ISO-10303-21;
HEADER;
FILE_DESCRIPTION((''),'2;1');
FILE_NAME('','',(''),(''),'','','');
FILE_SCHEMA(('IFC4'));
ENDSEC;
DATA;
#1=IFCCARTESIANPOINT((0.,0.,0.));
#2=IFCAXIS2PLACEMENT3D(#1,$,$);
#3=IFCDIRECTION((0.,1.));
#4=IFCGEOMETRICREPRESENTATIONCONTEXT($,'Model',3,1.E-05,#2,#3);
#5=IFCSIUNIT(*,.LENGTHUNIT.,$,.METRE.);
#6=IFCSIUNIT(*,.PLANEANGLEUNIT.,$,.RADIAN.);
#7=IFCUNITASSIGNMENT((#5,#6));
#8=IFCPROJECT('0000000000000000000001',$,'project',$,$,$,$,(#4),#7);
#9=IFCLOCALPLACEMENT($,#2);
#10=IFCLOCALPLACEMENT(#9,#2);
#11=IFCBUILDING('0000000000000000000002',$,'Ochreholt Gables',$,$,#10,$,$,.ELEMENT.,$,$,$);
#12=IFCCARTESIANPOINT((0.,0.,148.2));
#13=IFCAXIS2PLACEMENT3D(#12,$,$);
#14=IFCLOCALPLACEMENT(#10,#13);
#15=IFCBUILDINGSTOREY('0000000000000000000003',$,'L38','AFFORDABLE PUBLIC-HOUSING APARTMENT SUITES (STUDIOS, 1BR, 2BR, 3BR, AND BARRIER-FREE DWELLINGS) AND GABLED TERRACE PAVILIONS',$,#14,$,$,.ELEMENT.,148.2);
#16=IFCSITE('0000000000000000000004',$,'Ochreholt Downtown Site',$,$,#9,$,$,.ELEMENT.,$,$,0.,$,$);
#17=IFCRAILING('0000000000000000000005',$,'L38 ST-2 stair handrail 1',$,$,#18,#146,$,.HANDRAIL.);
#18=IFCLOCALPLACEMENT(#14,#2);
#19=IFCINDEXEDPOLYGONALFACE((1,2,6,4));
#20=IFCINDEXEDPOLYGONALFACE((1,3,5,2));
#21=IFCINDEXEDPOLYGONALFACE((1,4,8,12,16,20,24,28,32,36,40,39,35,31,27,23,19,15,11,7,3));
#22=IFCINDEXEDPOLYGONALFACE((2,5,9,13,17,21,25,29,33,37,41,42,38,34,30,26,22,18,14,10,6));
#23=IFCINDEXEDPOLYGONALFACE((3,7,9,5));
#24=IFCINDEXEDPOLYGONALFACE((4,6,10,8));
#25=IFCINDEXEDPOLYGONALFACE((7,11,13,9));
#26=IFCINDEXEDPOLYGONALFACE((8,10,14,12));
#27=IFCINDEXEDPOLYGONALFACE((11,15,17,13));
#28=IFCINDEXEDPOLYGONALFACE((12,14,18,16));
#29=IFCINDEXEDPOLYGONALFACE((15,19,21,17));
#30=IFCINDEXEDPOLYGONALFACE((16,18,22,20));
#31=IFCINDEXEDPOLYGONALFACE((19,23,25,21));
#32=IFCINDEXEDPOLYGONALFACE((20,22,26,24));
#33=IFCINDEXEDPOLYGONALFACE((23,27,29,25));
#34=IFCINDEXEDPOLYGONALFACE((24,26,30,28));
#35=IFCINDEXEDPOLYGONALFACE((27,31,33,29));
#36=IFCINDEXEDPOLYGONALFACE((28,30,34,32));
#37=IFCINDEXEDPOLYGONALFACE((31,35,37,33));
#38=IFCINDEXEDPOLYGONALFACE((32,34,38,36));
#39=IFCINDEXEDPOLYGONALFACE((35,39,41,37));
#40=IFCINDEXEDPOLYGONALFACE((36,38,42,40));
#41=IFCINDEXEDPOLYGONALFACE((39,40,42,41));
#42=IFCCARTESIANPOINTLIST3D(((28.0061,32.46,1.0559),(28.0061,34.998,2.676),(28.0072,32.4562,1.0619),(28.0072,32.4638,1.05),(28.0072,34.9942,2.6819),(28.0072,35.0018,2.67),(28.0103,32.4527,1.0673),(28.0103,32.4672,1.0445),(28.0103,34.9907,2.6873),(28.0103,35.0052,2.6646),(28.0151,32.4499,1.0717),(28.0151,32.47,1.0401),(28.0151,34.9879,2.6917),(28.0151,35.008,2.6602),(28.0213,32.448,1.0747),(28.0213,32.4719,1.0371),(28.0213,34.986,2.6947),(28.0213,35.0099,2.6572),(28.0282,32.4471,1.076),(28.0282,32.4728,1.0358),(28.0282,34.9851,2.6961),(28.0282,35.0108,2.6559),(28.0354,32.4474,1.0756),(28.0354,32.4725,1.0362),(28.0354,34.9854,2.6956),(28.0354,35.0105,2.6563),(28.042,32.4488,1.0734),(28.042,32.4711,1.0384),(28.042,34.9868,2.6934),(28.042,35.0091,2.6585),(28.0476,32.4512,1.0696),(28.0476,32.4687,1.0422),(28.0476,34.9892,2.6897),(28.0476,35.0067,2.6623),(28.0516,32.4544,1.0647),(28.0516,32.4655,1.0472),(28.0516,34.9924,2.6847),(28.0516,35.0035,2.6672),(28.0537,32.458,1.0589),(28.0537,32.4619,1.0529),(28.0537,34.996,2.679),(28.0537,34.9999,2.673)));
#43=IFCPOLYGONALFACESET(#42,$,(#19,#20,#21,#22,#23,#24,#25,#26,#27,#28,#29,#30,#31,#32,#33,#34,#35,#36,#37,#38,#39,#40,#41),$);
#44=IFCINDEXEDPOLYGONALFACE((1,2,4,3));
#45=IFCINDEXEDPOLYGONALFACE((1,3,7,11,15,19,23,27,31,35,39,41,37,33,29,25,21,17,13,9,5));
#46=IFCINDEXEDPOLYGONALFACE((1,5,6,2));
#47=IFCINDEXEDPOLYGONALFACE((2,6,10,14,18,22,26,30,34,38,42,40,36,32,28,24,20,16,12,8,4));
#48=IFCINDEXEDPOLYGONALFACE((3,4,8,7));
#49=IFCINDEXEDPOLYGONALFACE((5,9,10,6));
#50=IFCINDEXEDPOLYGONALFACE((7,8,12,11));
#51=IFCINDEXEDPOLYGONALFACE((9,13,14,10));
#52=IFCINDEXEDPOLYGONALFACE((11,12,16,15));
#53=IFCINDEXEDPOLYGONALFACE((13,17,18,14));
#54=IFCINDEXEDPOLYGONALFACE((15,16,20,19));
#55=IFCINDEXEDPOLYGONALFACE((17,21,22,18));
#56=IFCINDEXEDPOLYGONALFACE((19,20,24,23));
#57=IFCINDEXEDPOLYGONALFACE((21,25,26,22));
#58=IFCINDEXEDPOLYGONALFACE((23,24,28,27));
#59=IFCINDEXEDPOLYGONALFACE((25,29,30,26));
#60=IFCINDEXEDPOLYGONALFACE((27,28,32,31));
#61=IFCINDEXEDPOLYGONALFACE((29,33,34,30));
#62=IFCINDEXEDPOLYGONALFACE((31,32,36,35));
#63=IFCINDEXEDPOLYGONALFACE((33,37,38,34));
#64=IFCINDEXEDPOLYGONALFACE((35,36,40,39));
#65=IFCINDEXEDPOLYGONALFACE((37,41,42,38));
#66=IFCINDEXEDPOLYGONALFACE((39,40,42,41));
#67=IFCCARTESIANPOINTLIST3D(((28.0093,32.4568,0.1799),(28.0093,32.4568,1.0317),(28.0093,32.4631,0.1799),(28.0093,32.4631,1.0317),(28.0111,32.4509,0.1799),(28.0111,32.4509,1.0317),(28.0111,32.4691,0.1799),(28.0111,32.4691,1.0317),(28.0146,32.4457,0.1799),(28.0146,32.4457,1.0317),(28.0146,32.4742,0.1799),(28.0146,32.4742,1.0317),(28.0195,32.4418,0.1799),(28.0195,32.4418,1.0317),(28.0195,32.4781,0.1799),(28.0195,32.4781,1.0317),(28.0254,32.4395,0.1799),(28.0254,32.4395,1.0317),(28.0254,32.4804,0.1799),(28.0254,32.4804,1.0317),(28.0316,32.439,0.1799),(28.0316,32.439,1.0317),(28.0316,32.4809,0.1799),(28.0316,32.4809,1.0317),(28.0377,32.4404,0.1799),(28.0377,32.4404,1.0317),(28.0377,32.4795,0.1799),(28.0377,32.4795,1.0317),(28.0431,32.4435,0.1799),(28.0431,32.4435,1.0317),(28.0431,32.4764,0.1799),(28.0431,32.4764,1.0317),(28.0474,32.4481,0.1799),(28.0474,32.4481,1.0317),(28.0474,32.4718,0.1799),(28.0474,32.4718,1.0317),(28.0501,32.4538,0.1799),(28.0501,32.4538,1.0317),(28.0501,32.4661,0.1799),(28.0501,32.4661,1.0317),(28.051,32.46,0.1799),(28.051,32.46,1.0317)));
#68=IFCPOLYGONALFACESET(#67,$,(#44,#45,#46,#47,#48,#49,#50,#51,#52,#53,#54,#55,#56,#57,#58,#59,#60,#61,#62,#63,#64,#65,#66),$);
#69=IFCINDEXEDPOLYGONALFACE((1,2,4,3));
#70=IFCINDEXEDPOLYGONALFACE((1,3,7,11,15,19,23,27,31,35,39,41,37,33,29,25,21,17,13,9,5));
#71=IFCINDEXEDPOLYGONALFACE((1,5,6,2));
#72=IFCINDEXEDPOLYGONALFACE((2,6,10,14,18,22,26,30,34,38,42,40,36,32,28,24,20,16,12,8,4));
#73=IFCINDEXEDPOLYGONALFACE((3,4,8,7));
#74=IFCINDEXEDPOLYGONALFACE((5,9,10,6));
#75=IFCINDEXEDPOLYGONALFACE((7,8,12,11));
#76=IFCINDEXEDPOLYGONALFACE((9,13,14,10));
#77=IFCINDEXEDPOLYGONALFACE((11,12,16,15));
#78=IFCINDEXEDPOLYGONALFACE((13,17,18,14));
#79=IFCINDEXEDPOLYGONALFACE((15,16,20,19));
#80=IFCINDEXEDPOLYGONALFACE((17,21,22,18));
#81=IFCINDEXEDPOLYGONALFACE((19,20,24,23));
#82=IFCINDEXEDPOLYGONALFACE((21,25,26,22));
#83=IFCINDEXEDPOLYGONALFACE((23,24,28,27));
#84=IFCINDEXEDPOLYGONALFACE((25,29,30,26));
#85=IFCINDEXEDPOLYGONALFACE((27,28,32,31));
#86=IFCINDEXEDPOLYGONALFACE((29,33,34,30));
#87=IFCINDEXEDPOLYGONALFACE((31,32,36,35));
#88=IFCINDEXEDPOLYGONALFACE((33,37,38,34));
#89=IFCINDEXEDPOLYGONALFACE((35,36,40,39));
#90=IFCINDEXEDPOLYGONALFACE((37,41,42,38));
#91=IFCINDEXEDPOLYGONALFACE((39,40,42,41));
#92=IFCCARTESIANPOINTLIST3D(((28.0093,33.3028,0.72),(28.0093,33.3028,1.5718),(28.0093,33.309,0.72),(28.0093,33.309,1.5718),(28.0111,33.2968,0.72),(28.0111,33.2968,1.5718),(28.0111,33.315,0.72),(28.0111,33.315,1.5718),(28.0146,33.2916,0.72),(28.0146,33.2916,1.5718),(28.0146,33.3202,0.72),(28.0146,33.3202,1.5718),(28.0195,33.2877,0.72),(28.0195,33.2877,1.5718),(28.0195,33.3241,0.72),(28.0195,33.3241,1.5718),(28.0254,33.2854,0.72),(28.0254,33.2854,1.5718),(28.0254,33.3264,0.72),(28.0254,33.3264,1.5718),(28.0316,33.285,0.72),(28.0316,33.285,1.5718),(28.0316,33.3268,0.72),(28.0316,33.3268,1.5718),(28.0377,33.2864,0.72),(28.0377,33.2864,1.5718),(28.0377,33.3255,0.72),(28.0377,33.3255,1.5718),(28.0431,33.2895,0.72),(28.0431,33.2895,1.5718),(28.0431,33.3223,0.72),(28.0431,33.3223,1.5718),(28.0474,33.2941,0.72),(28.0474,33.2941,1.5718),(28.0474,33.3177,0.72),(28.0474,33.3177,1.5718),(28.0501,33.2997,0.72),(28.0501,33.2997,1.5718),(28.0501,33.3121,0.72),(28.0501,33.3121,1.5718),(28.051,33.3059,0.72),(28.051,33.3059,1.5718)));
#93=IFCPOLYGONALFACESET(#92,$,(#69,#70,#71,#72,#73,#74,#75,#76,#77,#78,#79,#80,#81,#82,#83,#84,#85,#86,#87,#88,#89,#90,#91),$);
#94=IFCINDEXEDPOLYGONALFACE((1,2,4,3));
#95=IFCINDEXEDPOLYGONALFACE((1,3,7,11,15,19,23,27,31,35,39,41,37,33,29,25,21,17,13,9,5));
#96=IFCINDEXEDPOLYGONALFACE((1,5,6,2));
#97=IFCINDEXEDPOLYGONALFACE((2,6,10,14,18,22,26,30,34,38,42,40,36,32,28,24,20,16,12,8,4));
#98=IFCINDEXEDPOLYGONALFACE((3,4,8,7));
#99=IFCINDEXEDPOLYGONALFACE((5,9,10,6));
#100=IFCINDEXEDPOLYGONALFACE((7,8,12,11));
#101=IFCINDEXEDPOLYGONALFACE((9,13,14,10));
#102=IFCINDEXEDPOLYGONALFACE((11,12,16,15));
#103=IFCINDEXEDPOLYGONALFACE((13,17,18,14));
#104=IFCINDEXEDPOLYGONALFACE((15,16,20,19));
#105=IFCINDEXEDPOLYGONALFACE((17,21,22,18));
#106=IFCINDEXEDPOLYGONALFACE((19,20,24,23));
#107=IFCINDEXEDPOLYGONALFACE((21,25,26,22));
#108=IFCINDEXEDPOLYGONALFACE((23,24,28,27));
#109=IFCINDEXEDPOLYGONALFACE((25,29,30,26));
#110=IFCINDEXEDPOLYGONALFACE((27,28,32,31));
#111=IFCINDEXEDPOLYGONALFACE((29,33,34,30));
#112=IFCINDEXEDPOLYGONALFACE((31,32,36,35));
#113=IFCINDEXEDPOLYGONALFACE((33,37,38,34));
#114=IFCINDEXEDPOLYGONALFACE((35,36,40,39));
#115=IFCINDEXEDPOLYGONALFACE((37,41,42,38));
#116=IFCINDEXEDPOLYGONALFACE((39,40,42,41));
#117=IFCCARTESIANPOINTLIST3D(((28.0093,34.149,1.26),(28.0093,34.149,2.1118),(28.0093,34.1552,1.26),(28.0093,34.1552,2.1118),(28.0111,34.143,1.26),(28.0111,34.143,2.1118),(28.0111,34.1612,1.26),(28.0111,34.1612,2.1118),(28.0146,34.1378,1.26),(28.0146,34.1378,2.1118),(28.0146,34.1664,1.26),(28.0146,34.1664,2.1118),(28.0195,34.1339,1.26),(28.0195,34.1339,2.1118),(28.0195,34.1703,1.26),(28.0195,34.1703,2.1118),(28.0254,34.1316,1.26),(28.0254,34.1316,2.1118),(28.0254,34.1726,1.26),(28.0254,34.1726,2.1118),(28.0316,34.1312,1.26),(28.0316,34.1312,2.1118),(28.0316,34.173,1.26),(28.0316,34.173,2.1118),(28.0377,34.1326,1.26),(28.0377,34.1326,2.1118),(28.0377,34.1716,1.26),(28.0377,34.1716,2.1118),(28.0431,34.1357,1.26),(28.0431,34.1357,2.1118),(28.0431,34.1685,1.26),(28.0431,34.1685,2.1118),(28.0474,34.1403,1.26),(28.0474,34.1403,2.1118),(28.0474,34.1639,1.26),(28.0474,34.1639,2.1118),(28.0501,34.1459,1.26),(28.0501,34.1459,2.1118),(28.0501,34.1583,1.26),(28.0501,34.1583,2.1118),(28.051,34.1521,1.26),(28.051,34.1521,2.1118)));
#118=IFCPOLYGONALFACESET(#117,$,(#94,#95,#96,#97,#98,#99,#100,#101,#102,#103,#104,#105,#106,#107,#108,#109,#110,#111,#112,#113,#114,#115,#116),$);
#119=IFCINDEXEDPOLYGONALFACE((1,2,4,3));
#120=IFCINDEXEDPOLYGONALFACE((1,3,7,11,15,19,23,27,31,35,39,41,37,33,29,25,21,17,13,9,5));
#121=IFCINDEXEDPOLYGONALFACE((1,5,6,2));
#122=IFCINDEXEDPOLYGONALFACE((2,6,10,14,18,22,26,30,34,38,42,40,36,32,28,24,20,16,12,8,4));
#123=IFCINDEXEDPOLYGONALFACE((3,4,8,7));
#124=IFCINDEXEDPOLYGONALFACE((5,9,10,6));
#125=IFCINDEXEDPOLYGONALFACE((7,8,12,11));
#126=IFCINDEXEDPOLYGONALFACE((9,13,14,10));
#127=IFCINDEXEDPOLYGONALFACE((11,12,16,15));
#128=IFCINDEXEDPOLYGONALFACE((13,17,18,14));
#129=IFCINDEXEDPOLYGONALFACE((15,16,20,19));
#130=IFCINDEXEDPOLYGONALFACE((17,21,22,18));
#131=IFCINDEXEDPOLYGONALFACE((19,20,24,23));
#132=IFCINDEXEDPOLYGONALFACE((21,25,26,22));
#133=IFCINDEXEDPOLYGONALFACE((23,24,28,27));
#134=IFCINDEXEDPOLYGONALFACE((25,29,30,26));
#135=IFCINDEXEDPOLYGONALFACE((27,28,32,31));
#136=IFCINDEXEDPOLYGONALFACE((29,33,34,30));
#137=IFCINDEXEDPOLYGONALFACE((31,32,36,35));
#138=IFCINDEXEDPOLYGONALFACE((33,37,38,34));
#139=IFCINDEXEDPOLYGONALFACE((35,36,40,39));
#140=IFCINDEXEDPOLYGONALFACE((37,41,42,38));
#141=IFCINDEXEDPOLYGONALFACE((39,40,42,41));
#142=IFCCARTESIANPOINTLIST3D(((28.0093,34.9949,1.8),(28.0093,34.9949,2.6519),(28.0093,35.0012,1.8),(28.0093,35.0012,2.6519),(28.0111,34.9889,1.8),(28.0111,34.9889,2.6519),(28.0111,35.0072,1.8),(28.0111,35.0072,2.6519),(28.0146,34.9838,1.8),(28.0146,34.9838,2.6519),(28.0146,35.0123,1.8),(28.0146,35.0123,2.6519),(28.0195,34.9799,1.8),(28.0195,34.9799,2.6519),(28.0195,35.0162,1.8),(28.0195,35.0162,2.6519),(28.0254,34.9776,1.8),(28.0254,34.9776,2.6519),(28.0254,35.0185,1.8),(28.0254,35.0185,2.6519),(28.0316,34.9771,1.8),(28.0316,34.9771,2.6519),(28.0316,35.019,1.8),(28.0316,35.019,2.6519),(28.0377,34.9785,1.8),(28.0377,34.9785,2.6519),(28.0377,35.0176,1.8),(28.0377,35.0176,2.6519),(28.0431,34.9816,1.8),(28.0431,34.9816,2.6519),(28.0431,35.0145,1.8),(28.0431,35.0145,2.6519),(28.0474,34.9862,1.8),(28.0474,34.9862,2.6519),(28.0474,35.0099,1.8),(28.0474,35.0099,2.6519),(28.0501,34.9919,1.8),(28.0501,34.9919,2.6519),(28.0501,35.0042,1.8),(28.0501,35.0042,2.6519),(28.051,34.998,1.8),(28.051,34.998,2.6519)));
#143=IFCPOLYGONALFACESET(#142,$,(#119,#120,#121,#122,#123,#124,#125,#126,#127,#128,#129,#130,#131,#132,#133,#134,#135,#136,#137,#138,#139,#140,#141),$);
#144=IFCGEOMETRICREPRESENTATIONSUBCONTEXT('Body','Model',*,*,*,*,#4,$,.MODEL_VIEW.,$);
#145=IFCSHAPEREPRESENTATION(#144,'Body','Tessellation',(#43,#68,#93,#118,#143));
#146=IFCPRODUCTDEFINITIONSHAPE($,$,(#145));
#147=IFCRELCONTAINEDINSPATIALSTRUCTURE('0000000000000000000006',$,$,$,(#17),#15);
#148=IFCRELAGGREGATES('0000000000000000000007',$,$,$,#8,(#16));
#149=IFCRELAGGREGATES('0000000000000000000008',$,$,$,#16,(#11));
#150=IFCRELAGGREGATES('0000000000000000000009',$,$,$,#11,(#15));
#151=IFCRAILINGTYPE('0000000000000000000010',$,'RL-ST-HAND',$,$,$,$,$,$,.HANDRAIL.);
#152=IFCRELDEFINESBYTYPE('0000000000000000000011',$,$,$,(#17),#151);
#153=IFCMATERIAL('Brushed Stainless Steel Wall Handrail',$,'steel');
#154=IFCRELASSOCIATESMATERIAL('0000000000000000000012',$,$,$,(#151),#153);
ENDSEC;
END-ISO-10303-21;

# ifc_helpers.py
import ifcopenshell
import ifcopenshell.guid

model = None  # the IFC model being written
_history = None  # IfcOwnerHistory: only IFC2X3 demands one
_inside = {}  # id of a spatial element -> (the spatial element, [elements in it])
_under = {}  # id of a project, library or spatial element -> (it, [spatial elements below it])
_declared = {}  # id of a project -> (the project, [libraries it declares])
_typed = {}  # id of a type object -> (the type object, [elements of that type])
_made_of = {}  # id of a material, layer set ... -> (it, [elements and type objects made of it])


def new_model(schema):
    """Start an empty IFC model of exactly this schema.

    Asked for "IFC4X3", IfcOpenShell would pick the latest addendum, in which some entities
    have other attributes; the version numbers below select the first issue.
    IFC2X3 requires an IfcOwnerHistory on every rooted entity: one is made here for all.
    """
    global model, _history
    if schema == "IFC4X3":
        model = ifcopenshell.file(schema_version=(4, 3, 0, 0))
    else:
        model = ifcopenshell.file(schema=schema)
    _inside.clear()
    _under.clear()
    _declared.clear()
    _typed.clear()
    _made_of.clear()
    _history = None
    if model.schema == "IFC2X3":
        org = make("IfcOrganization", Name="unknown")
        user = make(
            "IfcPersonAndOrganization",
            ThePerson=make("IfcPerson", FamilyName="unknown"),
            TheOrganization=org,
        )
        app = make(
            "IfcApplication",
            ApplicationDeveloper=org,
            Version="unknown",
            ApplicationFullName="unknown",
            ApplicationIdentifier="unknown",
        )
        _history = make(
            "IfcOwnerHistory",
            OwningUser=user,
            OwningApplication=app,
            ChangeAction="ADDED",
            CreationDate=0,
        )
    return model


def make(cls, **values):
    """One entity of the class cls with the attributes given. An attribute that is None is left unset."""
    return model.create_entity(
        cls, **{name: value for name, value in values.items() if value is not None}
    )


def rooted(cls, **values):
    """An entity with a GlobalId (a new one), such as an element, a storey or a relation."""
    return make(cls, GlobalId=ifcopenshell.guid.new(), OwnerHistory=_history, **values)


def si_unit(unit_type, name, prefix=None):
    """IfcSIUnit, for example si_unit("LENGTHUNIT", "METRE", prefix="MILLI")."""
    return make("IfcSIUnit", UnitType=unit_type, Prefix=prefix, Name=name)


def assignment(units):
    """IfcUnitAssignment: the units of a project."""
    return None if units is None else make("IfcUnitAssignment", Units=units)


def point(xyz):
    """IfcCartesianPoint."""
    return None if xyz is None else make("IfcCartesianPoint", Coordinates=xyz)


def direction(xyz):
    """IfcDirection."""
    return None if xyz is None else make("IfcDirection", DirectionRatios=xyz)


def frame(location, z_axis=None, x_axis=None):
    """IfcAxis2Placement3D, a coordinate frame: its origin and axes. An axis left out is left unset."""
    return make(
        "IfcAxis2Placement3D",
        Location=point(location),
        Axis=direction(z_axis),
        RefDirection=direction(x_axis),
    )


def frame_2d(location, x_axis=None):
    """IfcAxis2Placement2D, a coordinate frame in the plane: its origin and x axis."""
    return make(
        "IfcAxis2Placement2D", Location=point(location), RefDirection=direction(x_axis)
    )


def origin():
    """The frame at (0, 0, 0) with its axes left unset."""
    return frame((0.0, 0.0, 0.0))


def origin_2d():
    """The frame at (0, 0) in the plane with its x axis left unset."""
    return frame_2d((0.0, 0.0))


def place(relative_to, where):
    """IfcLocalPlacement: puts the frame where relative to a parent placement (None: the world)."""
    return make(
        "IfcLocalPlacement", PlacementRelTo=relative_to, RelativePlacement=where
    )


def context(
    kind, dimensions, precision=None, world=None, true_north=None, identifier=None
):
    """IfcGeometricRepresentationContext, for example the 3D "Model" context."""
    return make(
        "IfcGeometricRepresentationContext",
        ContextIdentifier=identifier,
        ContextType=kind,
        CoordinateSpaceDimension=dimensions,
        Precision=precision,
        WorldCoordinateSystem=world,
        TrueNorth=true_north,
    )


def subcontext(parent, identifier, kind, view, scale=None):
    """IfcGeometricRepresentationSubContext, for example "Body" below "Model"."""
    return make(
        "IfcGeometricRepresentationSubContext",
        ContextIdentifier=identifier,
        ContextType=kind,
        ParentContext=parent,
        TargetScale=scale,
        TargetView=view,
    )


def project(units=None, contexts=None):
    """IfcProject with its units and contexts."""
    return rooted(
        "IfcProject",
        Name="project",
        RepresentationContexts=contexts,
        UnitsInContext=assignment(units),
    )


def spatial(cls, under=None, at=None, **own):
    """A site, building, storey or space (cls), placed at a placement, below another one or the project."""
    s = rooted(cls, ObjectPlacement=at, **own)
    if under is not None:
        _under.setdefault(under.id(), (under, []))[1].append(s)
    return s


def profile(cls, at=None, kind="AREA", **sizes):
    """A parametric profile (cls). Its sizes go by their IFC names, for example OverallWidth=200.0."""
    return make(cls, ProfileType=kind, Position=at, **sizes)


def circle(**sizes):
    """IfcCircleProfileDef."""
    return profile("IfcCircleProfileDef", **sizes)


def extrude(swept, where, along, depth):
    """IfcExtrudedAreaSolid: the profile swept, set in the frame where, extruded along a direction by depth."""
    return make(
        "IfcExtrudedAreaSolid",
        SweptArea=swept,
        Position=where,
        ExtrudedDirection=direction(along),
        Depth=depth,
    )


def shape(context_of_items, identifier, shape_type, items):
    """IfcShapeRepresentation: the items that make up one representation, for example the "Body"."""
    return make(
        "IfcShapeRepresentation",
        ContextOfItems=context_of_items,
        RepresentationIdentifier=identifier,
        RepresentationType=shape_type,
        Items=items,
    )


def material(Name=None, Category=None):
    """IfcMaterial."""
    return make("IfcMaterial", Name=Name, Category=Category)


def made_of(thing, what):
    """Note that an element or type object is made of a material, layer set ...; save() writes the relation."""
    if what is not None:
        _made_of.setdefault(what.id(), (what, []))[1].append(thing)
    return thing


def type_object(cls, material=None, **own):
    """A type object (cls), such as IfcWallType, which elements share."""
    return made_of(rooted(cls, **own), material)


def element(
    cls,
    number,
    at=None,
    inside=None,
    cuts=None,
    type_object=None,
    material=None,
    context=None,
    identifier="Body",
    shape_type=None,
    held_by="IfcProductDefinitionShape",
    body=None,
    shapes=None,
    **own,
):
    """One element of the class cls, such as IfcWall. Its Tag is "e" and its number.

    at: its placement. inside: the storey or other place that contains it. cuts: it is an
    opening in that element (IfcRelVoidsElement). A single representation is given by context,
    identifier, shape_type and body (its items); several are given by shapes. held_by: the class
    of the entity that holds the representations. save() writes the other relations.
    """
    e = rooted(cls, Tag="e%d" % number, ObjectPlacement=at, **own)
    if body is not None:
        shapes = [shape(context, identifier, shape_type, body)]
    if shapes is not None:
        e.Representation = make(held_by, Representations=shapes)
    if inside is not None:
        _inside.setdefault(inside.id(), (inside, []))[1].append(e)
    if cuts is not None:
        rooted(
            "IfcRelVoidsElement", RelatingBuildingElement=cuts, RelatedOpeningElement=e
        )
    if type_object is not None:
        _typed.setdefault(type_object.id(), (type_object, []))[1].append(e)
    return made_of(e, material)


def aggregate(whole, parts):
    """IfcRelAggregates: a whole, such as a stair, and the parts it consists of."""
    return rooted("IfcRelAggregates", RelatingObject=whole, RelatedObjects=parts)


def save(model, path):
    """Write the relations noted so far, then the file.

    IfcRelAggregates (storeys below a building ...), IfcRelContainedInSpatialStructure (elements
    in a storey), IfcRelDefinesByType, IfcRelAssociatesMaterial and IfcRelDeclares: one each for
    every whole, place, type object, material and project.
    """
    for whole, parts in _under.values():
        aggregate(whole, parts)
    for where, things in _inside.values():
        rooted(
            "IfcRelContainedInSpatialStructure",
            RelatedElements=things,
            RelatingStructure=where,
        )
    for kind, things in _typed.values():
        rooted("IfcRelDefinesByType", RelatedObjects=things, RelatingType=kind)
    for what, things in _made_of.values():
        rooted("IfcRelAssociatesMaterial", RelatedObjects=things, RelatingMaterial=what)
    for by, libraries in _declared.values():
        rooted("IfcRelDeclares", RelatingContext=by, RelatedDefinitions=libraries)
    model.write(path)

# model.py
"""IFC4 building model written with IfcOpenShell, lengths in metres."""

from ifc_helpers import new_model, si_unit, direction, frame, origin, origin_2d, place, context, subcontext, project, spatial, circle, extrude, material, type_object, element, save


model = new_model("IFC4")

# Units and contexts
model_context = context("Model", 3, precision=1e-05, world=origin(), true_north=direction((0.0, 1.0)))
body_context = subcontext(model_context, "Body", "Model", "MODEL_VIEW")
ifc_project = project(units=[si_unit("LENGTHUNIT", "METRE"), si_unit("PLANEANGLEUNIT", "RADIAN")], contexts=[model_context])

# Site, building, storey
site_placement = place(None, origin())
site = spatial("IfcSite", under=ifc_project, at=site_placement, Name="Ochreholt Downtown Site", CompositionType="ELEMENT", RefElevation=0.0)
building_placement = place(site_placement, origin())
building = spatial("IfcBuilding", under=site, at=building_placement, Name="Ochreholt Gables", CompositionType="ELEMENT")
storey_placement = place(building_placement, frame((0.0, 0.0, 148.2)))
storey = spatial("IfcBuildingStorey", under=building, at=storey_placement, Name="L38", Description="AFFORDABLE PUBLIC-HOUSING APARTMENT SUITES (STUDIOS, 1BR, 2BR, 3BR, AND BARRIER-FREE DWELLINGS) AND GABLED TERRACE PAVILIONS", CompositionType="ELEMENT", Elevation=148.2)

# Railing
ifc_material_1 = material(Name="Brushed Stainless Steel Wall Handrail", Category="steel")
railing_type_1 = type_object("IfcRailingType", Name="RL-ST-HAND", PredefinedType="HANDRAIL", material=ifc_material_1)
railing_1_placement = place(storey_placement, frame((28.03, 32.46, 0.1799)))
element("IfcRailing", 1, at=railing_1_placement, inside=storey, type_object=railing_type_1, Name="L38 ST-2 stair handrail 1", PredefinedType="HANDRAIL", context=body_context, shape_type="SweptSolid", body=[
    extrude(circle(Radius=0.0239, at=origin_2d()), frame((0.0, 0.0, 0.876), z_axis=(0.0, 0.842913, 0.53805), x_axis=(-1.0, 0.0, 0.0)), (0.0, 0.0, 1.0), 3.011),
    extrude(circle(Radius=0.021, at=origin_2d()), origin(), (0.0, 0.0, 1.0), 0.8518),
    extrude(circle(Radius=0.021, at=origin_2d()), frame((0.0, 0.8459, 0.54)), (0.0, 0.0, 1.0), 0.8518),
    extrude(circle(Radius=0.021, at=origin_2d()), frame((0.0, 1.6921, 1.0801)), (0.0, 0.0, 1.0), 0.8518),
    extrude(circle(Radius=0.021, at=origin_2d()), frame((0.0, 2.5381, 1.6201)), (0.0, 0.0, 1.0), 0.8518),
])

save(model, "model.ifc")
